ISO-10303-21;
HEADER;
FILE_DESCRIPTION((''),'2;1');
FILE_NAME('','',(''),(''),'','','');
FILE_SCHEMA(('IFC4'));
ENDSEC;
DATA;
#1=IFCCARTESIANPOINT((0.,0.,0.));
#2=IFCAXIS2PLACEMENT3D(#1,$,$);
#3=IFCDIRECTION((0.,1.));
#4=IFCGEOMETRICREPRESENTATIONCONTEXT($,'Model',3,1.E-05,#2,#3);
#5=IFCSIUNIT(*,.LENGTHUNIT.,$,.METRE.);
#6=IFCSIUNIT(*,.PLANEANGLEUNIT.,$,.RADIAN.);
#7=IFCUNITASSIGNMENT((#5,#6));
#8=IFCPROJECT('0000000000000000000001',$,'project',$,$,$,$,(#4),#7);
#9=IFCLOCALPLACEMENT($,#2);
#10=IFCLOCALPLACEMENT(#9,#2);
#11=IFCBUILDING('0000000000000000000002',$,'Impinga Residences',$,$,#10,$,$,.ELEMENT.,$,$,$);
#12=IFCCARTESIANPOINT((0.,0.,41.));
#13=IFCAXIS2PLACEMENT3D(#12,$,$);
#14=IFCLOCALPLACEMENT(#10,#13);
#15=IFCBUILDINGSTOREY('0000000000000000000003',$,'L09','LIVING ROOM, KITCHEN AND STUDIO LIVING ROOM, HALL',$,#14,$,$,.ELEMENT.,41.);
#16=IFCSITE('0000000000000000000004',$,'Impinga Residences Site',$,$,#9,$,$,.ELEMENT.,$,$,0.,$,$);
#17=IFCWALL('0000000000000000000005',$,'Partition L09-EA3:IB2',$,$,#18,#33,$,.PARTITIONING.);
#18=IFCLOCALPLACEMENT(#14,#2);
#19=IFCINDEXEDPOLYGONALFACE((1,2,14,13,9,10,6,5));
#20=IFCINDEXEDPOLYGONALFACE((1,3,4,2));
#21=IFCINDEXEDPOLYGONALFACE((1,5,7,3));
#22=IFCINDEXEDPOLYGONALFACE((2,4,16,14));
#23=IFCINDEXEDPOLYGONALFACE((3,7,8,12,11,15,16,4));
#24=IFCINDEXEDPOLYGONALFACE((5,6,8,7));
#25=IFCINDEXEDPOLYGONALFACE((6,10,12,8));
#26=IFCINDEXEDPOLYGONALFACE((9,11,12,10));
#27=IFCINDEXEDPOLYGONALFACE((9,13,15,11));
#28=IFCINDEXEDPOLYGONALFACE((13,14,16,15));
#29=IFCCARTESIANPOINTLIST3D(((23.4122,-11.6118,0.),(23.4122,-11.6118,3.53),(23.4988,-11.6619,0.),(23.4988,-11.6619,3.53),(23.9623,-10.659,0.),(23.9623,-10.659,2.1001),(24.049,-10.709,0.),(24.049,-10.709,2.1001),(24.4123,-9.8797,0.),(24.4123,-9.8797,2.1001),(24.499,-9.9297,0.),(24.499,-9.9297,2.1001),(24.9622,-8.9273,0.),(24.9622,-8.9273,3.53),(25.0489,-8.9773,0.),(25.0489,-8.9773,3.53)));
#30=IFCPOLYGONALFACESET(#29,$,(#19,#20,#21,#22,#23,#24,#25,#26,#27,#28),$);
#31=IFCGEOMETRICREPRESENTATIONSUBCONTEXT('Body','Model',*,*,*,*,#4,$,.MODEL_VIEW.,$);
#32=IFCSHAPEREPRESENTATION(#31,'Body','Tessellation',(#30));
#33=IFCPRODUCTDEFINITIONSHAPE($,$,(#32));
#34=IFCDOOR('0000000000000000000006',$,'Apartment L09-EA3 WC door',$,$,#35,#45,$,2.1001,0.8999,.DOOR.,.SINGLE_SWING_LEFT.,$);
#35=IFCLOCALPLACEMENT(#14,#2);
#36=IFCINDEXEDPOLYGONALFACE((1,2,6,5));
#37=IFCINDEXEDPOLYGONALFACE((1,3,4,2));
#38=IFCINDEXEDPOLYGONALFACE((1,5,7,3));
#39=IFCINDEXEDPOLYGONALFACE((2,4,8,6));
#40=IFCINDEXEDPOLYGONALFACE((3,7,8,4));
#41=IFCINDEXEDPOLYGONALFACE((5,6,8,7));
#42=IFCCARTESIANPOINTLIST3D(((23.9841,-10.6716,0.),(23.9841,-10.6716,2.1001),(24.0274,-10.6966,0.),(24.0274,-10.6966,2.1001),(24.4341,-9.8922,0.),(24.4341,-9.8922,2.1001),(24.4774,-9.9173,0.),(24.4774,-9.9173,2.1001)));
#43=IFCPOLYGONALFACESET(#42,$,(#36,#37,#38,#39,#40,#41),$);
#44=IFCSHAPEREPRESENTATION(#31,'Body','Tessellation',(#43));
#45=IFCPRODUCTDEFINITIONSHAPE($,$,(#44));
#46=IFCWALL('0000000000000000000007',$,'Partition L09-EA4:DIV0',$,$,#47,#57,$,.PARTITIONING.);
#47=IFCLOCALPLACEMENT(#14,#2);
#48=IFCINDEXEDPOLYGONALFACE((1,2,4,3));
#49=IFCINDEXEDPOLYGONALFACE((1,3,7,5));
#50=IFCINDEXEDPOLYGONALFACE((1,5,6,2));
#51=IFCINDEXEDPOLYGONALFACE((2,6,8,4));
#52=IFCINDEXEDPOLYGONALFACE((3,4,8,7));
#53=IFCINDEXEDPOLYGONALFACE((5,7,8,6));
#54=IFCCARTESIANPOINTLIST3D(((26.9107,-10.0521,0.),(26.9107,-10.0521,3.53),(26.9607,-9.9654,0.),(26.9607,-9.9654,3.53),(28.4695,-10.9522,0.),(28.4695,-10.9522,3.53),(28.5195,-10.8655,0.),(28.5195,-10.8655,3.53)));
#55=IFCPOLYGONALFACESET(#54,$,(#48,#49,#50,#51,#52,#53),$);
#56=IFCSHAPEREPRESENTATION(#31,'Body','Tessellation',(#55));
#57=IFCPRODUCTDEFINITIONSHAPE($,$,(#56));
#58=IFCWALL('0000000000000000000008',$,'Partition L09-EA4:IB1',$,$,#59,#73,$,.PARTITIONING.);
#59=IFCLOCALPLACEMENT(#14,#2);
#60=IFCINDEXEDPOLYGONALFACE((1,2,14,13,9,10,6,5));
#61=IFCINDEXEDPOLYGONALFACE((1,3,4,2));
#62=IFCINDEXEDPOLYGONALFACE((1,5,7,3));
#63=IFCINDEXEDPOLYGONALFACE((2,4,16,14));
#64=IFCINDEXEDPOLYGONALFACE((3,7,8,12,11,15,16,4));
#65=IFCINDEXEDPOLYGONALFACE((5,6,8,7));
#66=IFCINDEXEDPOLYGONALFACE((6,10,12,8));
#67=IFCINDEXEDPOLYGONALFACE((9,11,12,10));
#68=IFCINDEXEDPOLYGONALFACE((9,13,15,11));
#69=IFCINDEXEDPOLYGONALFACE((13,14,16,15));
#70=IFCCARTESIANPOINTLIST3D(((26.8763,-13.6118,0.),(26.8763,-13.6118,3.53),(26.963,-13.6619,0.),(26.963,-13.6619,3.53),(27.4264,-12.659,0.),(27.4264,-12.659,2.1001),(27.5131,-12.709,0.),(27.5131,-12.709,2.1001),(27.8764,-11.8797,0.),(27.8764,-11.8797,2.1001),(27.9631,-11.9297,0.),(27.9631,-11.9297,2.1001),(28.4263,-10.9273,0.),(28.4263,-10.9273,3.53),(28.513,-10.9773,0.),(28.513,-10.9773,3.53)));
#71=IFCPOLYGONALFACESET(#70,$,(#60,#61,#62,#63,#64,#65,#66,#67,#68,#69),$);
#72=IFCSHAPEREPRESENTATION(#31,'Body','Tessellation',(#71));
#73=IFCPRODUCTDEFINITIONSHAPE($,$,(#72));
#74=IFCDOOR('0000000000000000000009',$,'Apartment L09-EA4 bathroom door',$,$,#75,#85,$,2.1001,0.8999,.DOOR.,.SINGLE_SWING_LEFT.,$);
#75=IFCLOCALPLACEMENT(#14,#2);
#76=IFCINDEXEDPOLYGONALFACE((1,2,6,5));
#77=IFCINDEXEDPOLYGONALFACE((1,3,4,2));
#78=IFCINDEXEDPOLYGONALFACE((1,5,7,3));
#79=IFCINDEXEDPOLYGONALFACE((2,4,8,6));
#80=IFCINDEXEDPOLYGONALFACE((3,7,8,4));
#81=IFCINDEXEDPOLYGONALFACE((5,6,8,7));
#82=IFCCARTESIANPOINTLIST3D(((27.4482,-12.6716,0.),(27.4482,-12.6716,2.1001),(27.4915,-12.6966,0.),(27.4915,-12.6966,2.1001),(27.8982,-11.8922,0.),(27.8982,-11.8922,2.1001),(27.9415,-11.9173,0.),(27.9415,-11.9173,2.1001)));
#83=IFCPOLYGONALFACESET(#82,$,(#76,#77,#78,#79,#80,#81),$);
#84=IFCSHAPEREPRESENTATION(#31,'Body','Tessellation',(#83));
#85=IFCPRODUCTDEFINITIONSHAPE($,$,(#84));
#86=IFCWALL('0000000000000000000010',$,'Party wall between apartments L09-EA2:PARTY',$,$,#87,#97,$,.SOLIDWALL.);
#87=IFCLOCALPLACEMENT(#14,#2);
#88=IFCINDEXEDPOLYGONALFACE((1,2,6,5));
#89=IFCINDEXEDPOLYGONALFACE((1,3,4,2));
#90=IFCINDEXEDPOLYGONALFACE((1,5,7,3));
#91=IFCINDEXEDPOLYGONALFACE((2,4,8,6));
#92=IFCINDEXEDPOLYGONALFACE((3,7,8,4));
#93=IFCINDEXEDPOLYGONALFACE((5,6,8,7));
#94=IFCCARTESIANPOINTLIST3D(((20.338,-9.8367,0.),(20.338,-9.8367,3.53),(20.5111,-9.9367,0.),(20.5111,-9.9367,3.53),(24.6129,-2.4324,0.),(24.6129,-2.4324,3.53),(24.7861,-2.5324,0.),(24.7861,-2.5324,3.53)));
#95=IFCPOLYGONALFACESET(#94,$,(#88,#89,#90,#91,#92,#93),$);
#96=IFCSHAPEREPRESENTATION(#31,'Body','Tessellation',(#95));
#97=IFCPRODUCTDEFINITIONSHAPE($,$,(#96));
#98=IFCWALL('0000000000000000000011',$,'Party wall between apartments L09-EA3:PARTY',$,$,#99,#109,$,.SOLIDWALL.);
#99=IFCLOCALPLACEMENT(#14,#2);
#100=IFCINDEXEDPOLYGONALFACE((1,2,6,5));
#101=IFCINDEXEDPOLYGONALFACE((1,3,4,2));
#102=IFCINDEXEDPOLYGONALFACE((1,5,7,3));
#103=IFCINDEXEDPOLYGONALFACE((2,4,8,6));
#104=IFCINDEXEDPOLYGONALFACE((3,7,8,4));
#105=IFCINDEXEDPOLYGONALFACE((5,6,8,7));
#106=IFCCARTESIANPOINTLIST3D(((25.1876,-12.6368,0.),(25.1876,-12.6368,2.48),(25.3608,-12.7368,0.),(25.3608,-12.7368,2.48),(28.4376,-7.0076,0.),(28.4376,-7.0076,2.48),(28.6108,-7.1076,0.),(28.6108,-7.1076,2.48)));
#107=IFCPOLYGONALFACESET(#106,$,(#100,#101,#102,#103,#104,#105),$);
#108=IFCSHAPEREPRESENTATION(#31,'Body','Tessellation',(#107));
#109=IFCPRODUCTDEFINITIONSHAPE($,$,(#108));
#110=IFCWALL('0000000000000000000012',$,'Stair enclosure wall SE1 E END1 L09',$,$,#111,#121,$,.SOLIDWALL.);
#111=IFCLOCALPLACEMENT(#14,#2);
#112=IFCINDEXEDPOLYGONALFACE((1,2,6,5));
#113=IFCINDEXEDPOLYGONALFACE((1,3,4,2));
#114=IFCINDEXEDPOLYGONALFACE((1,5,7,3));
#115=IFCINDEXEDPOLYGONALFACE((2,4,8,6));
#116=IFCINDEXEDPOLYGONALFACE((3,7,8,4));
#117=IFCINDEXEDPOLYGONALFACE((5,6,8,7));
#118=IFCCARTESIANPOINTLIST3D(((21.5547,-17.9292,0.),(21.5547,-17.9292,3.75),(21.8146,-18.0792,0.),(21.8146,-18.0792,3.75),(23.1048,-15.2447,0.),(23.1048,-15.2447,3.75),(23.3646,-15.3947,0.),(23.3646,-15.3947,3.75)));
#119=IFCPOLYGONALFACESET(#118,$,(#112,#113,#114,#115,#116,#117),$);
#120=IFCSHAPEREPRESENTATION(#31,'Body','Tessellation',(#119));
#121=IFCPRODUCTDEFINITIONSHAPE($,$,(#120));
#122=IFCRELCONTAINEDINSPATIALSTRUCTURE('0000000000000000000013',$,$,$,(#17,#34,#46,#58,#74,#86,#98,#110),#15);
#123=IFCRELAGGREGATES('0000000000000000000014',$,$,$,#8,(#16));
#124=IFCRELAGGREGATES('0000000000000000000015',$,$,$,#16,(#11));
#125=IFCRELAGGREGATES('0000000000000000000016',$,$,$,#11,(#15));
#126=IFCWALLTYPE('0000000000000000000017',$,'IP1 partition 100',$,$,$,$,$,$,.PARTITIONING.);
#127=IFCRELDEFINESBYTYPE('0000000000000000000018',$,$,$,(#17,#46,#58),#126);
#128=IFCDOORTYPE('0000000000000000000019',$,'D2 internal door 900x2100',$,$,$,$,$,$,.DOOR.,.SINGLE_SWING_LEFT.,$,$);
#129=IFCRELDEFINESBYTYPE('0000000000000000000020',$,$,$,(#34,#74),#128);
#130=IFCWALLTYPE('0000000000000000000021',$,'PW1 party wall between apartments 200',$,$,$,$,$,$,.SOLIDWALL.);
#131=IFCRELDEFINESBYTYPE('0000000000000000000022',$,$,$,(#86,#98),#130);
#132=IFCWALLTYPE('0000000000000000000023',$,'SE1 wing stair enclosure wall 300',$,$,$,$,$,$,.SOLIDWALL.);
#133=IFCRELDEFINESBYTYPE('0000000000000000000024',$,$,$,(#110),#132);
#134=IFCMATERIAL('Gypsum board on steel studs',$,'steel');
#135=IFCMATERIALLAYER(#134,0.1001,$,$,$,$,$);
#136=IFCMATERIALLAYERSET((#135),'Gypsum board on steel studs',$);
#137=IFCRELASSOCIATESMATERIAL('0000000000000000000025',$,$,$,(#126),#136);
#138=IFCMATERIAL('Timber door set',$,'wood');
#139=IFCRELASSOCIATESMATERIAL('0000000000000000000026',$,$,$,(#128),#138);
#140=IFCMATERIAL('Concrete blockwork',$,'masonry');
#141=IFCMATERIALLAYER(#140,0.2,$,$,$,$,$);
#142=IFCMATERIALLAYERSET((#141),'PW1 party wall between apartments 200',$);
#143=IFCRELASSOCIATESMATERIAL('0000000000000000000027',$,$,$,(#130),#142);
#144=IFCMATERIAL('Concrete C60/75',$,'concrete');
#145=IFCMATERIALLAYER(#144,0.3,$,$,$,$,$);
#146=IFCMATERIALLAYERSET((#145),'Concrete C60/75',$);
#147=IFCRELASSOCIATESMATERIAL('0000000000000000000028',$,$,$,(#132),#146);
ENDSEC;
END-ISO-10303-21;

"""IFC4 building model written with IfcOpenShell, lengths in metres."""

from ifc_helpers import new_model, si_unit, direction, frame, frame_2d, origin, place, context, subcontext, project, spatial, rectangle, extrude, material, layer, layer_set, type_object, element, fill, save


model = new_model("IFC4")

# Units and contexts
model_context = context("Model", 3, precision=1e-05, world=origin(), true_north=direction((0.0, 1.0)))
body_context = subcontext(model_context, "Body", "Model", "MODEL_VIEW")
ifc_project = project(units=[si_unit("LENGTHUNIT", "METRE"), si_unit("PLANEANGLEUNIT", "RADIAN")], contexts=[model_context])

# Site, building, storey
site_placement = place(None, origin())
site = spatial("IfcSite", under=ifc_project, at=site_placement, Name="Impinga Residences Site", CompositionType="ELEMENT", RefElevation=0.0)
building_placement = place(site_placement, origin())
building = spatial("IfcBuilding", under=site, at=building_placement, Name="Impinga Residences", CompositionType="ELEMENT")
storey_placement = place(building_placement, frame((0.0, 0.0, 41.0)))
storey = spatial("IfcBuildingStorey", under=building, at=storey_placement, Name="L09", Description="LIVING ROOM, KITCHEN AND STUDIO LIVING ROOM, HALL", CompositionType="ELEMENT", Elevation=41.0)

# Shared definitions
ifc_material_1 = material(Name="Concrete C60/75", Category="concrete")

# Shared definitions
ifc_material_2 = material(Name="Gypsum board on steel studs", Category="steel")
ifc_layer_1 = layer(ifc_material_2, 0.1001)
ifc_layer_set_1 = layer_set([ifc_layer_1], Name="Gypsum board on steel studs")
wall_type_1 = type_object("IfcWallType", Name="IP1 partition 100", PredefinedType="PARTITIONING", material=ifc_layer_set_1)
ifc_material_3 = material(Name="Timber door set", Category="wood")
door_type = type_object("IfcDoorType", Name="D2 internal door 900x2100", OperationType="SINGLE_SWING_LEFT", PredefinedType="DOOR", material=ifc_material_3)

# Wall, opening, door
wall_1_placement = place(storey_placement, frame((23.4556, -11.6367, 0.0), z_axis=(0.0, 0.0, 1.0), x_axis=(0.500027, 0.86601, 0.0)))
wall_1 = element("IfcWall", 1, at=wall_1_placement, inside=storey, type_object=wall_type_1, Name="Partition L09-EA3:IB2", PredefinedType="PARTITIONING", context=body_context, shape_type="SweptSolid", body=[
    extrude(rectangle(XDim=3.0999, YDim=0.1001, at=frame_2d((1.5498, 0.0))), origin(), (0.0, 0.0, 1.0), 3.53),
])
opening_1_placement = place(wall_1_placement, frame((1.1001, 0.0, 0.0)))
opening_1 = element("IfcOpeningElement", 2, at=opening_1_placement, cuts=wall_1, PredefinedType="OPENING", context=body_context, shape_type="SweptSolid", body=[
    extrude(rectangle(XDim=0.8999, YDim=2.1001, at=frame_2d((0.45, 1.05))), frame((0.0, 0.0601, 0.0), z_axis=(0.0, -1.0, 0.0), x_axis=(1.0, 0.0, 0.0)), (0.0, 0.0, 1.0), 0.1201),
])
door_1_placement = place(opening_1_placement, origin())
door_1 = element("IfcDoor", 3, at=door_1_placement, inside=storey, type_object=door_type, Name="Apartment L09-EA3 WC door", OperationType="SINGLE_SWING_LEFT", OverallHeight=2.1001, OverallWidth=0.8999, PredefinedType="DOOR", context=body_context, shape_type="SweptSolid", body=[
    extrude(rectangle(XDim=0.8999, YDim=2.1001, at=frame_2d((0.45, 1.05))), frame((0.0, 0.0249, 0.0), z_axis=(0.0, -1.0, 0.0), x_axis=(1.0, 0.0, 0.0)), (0.0, 0.0, 1.0), 0.05),
])
fill(opening_1, door_1)

# Wall
wall_2_placement = place(storey_placement, frame((26.9358, -10.0088, 0.0), z_axis=(0.0, 0.0, 1.0), x_axis=(0.865989, -0.500063, 0.0)))
element("IfcWall", 4, at=wall_2_placement, inside=storey, type_object=wall_type_1, Name="Partition L09-EA4:DIV0", PredefinedType="PARTITIONING", context=body_context, shape_type="SweptSolid", body=[
    extrude(rectangle(XDim=1.8, YDim=0.1001, at=frame_2d((0.8999, 0.0))), origin(), (0.0, 0.0, 1.0), 3.53),
])

# Wall, opening, door
wall_3_placement = place(storey_placement, frame((26.9197, -13.6367, 0.0), z_axis=(0.0, 0.0, 1.0), x_axis=(0.500027, 0.86601, 0.0)))
wall_3 = element("IfcWall", 5, at=wall_3_placement, inside=storey, type_object=wall_type_1, Name="Partition L09-EA4:IB1", PredefinedType="PARTITIONING", context=body_context, shape_type="SweptSolid", body=[
    extrude(rectangle(XDim=3.0999, YDim=0.1001, at=frame_2d((1.5498, 0.0))), origin(), (0.0, 0.0, 1.0), 3.53),
])
opening_2_placement = place(wall_3_placement, frame((1.1001, 0.0, 0.0)))
opening_2 = element("IfcOpeningElement", 6, at=opening_2_placement, cuts=wall_3, PredefinedType="OPENING", context=body_context, shape_type="SweptSolid", body=[
    extrude(rectangle(XDim=0.8999, YDim=2.1001, at=frame_2d((0.45, 1.05))), frame((0.0, 0.0601, 0.0), z_axis=(0.0, -1.0, 0.0), x_axis=(1.0, 0.0, 0.0)), (0.0, 0.0, 1.0), 0.1201),
])
door_2_placement = place(opening_2_placement, origin())
door_2 = element("IfcDoor", 7, at=door_2_placement, inside=storey, type_object=door_type, Name="Apartment L09-EA4 bathroom door", OperationType="SINGLE_SWING_LEFT", OverallHeight=2.1001, OverallWidth=0.8999, PredefinedType="DOOR", context=body_context, shape_type="SweptSolid", body=[
    extrude(rectangle(XDim=0.8999, YDim=2.1001, at=frame_2d((0.45, 1.05))), frame((0.0, 0.0249, 0.0), z_axis=(0.0, -1.0, 0.0), x_axis=(1.0, 0.0, 0.0)), (0.0, 0.0, 1.0), 0.05),
])
fill(opening_2, door_2)

# Walls
ifc_material_4 = material(Name="Concrete blockwork", Category="masonry")
ifc_layer_2 = layer(ifc_material_4, 0.2)
ifc_layer_set_2 = layer_set([ifc_layer_2], Name="PW1 party wall between apartments 200")
wall_type_2 = type_object("IfcWallType", Name="PW1 party wall between apartments 200", PredefinedType="SOLIDWALL", material=ifc_layer_set_2)
wall_4_placement = place(storey_placement, frame((20.4246, -9.8867, 0.0), z_axis=(0.0, 0.0, 1.0), x_axis=(0.500003, 0.866024, 0.0)))
element("IfcWall", 8, at=wall_4_placement, inside=storey, type_object=wall_type_2, Name="Party wall between apartments L09-EA2:PARTY", PredefinedType="SOLIDWALL", context=body_context, shape_type="SweptSolid", body=[
    extrude(rectangle(XDim=8.5498, YDim=0.2, at=frame_2d((4.2749, 0.0))), origin(), (0.0, 0.0, 1.0), 3.53),
])
wall_5_placement = place(storey_placement, frame((25.2742, -12.6868, 0.0), z_axis=(0.0, 0.0, 1.0), x_axis=(0.500001, 0.866025, 0.0)))
element("IfcWall", 9, at=wall_5_placement, inside=storey, type_object=wall_type_2, Name="Party wall between apartments L09-EA3:PARTY", PredefinedType="SOLIDWALL", context=body_context, shape_type="SweptSolid", body=[
    extrude(rectangle(XDim=6.5, YDim=0.2, at=frame_2d((3.25, 0.0))), origin(), (0.0, 0.0, 1.0), 2.48),
])
ifc_layer_3 = layer(ifc_material_1, 0.3)
ifc_layer_set_3 = layer_set([ifc_layer_3], Name="Concrete C60/75")
wall_type_3 = type_object("IfcWallType", Name="SE1 wing stair enclosure wall 300", PredefinedType="SOLIDWALL", material=ifc_layer_set_3)
wall_6_placement = place(storey_placement, frame((23.2346, -15.3198, 0.0), z_axis=(0.0, 0.0, 1.0), x_axis=(-0.500027, -0.86601, 0.0)))
element("IfcWall", 10, at=wall_6_placement, inside=storey, type_object=wall_type_3, Name="Stair enclosure wall SE1 E END1 L09", PredefinedType="SOLIDWALL", context=body_context, shape_type="SweptSolid", body=[
    extrude(rectangle(XDim=3.0999, YDim=0.3, at=frame_2d((1.5498, 0.0))), origin(), (0.0, 0.0, 1.0), 3.75),
])

save(model, "model.ifc")
